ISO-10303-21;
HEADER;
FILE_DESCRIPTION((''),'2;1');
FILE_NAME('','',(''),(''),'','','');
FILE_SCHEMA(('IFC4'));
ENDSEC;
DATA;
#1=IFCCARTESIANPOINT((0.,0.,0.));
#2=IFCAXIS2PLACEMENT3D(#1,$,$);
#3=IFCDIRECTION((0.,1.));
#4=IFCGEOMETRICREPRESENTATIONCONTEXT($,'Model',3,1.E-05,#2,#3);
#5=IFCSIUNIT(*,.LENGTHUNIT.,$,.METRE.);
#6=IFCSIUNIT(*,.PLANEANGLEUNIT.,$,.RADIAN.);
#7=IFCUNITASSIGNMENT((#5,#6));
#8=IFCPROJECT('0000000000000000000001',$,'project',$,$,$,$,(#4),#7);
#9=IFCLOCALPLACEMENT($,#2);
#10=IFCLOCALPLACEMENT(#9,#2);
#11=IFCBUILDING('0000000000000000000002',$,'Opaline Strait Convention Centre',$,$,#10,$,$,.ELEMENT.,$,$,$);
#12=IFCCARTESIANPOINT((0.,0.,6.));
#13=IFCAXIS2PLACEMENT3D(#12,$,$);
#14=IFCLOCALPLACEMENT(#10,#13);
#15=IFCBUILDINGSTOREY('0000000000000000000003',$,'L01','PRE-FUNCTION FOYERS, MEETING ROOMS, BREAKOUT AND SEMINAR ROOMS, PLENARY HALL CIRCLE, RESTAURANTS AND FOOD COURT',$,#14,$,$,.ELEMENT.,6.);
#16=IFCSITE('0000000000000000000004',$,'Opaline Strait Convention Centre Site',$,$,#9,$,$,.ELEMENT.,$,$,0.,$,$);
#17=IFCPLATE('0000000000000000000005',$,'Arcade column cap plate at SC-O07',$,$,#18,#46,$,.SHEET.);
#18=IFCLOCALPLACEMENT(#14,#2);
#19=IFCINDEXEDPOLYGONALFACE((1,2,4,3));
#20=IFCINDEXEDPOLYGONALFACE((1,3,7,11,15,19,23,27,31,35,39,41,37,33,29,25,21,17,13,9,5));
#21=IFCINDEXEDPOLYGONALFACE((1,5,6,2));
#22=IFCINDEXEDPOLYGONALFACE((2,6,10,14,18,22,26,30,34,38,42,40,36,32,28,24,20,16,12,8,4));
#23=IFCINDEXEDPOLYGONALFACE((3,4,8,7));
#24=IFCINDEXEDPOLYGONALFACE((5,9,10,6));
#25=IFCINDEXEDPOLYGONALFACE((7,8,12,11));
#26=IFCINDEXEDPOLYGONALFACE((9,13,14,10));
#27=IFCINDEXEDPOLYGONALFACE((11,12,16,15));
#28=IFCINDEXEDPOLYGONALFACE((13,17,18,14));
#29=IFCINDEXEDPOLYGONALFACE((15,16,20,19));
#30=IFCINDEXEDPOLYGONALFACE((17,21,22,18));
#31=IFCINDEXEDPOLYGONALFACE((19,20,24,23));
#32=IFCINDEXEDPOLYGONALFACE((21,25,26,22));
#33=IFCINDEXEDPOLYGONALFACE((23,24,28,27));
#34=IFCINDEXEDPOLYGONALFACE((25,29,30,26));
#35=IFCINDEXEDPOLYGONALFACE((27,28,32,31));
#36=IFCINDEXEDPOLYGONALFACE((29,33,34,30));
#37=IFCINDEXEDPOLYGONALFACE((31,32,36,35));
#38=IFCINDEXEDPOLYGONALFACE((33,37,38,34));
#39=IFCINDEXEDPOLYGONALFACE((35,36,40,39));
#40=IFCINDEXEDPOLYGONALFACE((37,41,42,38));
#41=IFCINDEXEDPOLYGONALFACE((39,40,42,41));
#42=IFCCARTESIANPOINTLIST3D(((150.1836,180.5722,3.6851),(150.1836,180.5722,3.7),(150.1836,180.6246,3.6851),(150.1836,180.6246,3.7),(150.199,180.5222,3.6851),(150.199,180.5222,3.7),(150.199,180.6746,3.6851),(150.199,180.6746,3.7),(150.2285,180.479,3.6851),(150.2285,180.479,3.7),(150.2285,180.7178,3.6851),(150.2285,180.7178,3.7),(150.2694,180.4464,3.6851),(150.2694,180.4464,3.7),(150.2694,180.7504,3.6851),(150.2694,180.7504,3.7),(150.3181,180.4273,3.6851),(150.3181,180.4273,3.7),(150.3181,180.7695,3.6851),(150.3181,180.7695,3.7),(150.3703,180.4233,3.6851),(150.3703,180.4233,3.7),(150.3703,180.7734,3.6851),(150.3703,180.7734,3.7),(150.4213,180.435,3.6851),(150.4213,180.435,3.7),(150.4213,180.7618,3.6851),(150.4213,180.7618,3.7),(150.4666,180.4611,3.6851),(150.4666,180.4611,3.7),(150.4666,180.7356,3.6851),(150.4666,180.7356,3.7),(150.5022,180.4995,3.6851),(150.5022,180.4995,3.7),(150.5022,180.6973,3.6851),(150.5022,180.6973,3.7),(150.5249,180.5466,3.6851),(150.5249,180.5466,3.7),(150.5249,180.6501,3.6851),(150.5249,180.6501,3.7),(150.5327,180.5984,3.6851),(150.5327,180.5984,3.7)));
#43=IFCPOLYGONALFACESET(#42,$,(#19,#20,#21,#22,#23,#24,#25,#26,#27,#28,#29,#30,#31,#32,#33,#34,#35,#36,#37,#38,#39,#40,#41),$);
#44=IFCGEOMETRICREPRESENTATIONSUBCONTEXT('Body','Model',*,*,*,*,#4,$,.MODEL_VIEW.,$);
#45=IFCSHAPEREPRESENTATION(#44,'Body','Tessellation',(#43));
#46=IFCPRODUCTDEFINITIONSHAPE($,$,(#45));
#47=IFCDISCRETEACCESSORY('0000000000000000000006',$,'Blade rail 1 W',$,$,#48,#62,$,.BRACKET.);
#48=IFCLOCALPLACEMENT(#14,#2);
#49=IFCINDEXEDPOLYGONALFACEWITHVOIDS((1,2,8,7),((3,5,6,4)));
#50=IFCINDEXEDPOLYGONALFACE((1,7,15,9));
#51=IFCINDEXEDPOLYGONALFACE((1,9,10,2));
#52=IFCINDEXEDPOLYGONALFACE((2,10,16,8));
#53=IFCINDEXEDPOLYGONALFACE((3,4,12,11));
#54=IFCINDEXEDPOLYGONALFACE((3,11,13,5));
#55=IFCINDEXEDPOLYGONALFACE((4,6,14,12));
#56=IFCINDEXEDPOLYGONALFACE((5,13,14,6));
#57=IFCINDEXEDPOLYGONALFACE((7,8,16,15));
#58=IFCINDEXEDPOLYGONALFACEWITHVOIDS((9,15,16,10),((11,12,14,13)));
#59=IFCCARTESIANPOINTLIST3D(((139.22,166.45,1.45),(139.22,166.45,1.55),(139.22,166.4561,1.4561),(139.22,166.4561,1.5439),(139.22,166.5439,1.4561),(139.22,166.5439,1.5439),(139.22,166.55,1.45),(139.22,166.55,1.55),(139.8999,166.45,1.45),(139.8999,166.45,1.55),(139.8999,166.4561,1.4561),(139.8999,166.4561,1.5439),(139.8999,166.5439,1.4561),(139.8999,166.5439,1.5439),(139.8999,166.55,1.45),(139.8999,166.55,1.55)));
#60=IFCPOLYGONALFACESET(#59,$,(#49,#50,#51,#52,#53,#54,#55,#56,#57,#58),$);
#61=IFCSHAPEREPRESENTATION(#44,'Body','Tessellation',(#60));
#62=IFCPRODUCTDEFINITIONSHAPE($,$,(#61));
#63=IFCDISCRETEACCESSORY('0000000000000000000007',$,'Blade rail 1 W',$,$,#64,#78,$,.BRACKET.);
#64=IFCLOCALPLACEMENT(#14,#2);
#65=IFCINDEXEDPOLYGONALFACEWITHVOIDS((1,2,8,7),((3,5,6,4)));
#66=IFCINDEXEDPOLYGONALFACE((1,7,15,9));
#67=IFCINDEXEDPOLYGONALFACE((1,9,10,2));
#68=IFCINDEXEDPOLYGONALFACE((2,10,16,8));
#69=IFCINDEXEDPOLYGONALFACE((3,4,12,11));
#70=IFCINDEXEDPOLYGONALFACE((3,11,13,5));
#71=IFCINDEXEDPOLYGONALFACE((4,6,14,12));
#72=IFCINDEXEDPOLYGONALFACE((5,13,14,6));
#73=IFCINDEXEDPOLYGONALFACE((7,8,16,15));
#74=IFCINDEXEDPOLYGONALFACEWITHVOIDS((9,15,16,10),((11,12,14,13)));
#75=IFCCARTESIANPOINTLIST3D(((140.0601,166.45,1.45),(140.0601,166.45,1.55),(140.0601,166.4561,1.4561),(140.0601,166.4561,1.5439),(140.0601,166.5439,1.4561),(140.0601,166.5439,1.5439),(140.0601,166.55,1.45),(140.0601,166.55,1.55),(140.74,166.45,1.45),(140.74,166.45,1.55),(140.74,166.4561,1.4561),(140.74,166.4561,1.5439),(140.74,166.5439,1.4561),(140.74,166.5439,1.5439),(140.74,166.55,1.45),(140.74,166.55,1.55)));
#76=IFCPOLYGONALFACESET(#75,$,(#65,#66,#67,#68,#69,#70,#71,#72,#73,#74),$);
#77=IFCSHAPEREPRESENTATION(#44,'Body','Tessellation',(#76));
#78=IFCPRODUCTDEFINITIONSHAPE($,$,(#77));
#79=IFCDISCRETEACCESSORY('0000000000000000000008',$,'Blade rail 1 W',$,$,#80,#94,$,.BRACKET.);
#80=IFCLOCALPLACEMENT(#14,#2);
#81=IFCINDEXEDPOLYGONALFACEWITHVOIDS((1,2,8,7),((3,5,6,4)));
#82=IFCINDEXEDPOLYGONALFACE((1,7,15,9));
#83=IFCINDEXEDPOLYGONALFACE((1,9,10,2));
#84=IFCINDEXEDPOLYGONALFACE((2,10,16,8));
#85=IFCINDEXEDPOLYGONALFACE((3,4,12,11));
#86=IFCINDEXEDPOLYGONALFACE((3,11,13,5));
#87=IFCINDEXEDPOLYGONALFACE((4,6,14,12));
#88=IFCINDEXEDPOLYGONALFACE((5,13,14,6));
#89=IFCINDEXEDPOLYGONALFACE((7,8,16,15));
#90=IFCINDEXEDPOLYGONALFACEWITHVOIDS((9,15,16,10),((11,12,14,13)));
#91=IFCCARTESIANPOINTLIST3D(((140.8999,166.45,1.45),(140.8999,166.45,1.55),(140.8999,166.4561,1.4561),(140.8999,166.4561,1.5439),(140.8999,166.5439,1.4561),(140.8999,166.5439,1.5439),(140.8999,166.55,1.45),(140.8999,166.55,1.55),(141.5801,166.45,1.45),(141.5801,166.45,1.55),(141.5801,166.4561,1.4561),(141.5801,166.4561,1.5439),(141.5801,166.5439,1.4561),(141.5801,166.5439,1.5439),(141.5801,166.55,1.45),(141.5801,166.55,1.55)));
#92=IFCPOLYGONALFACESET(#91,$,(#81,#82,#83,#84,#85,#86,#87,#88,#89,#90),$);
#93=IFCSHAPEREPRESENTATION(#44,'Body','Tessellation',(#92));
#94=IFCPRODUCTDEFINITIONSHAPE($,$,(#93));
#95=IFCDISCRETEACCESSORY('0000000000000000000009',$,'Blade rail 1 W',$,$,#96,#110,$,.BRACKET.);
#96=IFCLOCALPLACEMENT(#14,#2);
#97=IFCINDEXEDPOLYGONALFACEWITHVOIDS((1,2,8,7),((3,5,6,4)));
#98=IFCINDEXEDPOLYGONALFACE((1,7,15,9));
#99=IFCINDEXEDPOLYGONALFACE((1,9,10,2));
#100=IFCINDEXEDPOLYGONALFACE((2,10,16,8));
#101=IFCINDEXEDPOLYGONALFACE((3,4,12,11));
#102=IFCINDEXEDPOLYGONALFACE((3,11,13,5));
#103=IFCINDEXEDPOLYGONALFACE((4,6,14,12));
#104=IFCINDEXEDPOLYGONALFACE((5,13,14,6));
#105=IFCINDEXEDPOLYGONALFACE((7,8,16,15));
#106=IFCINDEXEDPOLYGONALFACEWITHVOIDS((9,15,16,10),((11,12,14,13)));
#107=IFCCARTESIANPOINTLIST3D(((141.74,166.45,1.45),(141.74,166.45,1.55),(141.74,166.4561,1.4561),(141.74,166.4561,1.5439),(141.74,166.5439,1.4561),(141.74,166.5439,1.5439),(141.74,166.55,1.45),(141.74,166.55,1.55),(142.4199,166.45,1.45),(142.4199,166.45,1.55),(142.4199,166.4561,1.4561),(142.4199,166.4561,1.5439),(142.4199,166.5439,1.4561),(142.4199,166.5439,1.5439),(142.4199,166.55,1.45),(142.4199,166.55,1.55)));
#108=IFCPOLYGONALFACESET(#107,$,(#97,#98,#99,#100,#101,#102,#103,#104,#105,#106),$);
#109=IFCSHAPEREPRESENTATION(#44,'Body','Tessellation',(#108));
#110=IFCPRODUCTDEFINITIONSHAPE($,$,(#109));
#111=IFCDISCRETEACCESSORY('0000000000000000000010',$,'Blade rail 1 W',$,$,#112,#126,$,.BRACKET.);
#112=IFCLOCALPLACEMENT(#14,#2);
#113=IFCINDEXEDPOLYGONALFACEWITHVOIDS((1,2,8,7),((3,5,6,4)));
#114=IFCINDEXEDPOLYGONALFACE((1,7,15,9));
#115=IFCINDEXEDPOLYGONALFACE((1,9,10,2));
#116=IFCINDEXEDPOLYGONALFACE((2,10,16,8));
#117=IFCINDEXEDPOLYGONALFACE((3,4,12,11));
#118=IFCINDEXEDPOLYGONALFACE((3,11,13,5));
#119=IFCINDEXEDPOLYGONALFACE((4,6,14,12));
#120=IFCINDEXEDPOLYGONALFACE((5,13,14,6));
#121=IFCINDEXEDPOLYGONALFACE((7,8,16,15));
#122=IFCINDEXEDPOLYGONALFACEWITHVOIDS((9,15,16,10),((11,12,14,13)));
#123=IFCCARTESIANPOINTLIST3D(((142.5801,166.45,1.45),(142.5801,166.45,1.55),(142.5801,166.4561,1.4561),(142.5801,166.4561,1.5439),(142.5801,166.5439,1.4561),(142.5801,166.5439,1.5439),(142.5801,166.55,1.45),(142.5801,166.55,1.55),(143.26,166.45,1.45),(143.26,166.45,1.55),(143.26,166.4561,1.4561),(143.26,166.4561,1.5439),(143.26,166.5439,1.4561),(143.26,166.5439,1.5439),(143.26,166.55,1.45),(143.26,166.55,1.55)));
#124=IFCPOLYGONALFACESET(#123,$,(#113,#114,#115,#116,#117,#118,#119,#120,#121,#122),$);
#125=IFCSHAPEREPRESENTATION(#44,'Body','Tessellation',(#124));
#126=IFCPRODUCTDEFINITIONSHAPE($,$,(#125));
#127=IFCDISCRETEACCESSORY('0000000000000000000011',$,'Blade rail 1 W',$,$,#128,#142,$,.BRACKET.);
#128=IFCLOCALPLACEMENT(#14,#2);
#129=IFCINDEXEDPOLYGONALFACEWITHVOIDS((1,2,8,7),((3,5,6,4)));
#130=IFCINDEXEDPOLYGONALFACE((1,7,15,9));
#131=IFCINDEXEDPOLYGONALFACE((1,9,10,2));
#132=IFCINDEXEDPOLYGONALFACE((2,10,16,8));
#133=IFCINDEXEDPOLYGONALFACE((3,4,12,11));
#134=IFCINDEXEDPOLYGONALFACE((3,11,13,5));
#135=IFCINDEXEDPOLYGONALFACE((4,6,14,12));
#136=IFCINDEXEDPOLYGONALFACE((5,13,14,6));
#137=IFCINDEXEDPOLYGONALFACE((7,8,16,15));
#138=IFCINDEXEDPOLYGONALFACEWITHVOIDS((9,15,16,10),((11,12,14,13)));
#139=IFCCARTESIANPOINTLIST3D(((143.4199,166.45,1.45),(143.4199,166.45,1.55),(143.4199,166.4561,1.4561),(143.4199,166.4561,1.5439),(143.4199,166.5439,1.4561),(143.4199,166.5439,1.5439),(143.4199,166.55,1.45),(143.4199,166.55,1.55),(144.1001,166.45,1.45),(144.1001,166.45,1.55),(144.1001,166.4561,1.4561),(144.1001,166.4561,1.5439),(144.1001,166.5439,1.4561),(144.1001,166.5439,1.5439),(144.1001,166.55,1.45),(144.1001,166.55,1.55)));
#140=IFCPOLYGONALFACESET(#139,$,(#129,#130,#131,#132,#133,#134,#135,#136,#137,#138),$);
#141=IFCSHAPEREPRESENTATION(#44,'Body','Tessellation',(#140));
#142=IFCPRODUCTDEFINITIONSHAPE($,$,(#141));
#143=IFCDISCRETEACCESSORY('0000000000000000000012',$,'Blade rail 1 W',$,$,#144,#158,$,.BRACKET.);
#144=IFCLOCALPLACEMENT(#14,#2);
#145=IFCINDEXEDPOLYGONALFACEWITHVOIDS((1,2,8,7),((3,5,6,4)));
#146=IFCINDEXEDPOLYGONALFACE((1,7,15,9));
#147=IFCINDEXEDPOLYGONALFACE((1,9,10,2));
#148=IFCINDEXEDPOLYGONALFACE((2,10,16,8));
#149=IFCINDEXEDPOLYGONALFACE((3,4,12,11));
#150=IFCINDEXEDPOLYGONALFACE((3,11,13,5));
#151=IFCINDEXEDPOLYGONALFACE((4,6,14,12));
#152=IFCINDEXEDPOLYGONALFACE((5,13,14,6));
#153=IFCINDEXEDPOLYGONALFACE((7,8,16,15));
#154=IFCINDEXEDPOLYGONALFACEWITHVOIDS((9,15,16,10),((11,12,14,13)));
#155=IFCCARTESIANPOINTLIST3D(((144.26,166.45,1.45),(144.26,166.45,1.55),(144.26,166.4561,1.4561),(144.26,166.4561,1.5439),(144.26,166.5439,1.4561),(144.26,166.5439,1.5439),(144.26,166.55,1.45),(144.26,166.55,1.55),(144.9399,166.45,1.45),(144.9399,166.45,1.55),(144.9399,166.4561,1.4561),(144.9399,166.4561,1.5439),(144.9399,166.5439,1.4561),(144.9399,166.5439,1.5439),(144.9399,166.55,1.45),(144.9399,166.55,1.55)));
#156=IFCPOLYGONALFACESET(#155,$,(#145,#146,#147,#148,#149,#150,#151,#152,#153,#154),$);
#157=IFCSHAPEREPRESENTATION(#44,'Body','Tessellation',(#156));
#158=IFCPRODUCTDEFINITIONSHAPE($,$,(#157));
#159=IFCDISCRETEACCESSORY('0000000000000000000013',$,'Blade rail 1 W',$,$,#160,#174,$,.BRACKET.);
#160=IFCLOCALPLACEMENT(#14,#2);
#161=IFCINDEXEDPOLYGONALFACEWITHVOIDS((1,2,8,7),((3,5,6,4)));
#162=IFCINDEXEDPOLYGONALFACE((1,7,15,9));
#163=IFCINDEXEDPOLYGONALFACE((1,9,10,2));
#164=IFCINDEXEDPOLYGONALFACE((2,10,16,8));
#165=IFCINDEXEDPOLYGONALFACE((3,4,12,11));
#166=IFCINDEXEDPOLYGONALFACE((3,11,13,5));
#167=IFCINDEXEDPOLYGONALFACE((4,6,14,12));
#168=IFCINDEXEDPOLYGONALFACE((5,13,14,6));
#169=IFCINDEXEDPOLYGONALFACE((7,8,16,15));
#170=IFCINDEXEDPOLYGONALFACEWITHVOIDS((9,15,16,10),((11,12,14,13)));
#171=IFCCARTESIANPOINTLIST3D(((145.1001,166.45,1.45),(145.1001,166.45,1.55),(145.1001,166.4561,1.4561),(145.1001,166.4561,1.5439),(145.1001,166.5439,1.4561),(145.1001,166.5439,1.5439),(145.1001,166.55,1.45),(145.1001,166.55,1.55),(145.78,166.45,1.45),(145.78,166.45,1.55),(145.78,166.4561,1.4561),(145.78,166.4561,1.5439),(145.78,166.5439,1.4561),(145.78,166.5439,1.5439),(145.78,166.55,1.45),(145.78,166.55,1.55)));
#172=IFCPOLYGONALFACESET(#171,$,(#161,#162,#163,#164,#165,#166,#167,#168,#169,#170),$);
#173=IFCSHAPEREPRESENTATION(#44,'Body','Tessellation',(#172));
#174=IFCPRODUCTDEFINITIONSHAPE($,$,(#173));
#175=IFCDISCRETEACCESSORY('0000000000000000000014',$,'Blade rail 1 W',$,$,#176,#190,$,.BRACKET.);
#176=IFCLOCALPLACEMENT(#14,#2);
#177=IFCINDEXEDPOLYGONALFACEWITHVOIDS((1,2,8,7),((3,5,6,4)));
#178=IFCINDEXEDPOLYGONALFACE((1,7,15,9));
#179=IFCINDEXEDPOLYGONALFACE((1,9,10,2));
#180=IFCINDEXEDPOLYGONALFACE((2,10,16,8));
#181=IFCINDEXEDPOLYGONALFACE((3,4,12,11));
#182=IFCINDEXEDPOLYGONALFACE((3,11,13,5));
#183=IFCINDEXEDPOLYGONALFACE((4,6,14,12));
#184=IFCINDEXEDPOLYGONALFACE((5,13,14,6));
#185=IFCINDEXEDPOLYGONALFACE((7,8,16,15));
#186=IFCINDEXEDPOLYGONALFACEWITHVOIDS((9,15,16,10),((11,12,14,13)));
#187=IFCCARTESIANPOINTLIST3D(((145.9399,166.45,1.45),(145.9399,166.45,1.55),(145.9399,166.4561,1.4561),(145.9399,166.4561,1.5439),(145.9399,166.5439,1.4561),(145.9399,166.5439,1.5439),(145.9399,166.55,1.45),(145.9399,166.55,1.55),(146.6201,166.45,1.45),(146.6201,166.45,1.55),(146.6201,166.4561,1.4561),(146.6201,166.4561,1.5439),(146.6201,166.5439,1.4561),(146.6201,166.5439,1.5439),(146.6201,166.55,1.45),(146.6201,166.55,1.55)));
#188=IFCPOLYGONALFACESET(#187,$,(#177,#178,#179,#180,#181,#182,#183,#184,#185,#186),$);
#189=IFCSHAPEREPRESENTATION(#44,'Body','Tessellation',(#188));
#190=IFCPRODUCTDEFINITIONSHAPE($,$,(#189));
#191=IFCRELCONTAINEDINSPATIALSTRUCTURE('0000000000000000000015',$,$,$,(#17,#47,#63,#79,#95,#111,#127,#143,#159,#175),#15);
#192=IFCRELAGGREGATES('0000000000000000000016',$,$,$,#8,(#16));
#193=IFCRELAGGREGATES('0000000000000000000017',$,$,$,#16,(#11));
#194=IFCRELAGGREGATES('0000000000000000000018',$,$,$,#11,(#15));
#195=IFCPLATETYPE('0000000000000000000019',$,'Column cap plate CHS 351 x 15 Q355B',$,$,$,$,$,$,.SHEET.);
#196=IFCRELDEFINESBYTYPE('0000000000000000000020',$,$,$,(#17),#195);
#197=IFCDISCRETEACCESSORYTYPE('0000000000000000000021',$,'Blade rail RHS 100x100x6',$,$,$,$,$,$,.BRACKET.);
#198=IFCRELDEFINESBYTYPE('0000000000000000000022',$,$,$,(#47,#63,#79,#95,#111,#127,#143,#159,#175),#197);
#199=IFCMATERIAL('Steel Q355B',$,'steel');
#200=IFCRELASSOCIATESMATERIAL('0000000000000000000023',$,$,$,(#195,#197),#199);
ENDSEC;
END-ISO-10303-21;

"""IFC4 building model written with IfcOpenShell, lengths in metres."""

from ifc_helpers import new_model, si_unit, direction, frame, origin, origin_2d, place, context, subcontext, project, spatial, hollow_rectangle, circle, extrude, material, material_profile, profile_set, type_object, element, save


model = new_model("IFC4")

# Units and contexts
model_context = context("Model", 3, precision=1e-05, world=origin(), true_north=direction((0.0, 1.0)))
body_context = subcontext(model_context, "Body", "Model", "MODEL_VIEW")
ifc_project = project(units=[si_unit("LENGTHUNIT", "METRE"), si_unit("PLANEANGLEUNIT", "RADIAN")], contexts=[model_context])

# Site, building, storey
site_placement = place(None, origin())
site = spatial("IfcSite", under=ifc_project, at=site_placement, Name="Opaline Strait Convention Centre Site", CompositionType="ELEMENT", RefElevation=0.0)
building_placement = place(site_placement, origin())
building = spatial("IfcBuilding", under=site, at=building_placement, Name="Opaline Strait Convention Centre", CompositionType="ELEMENT")
storey_placement = place(building_placement, frame((0.0, 0.0, 6.0)))
storey = spatial("IfcBuildingStorey", under=building, at=storey_placement, Name="L01", Description="PRE-FUNCTION FOYERS, MEETING ROOMS, BREAKOUT AND SEMINAR ROOMS, PLENARY HALL CIRCLE, RESTAURANTS AND FOOD COURT", CompositionType="ELEMENT", Elevation=6.0)

# Shared definitions
ifc_material_1 = material(Name="Steel Q355B", Category="steel")

# Plate
ifc_material_profile_1 = material_profile(ifc_material_1, circle(Radius=0.1755, at=origin_2d()), Name="D351")
ifc_profile_set_1 = profile_set([ifc_material_profile_1], Name="Steel Q355B")
plate_type = type_object("IfcPlateType", Name="Column cap plate CHS 351 x 15 Q355B", PredefinedType="SHEET", material=ifc_profile_set_1)
for number, where, z_axis, x_axis, name in (
    (1, (150.3572, 180.5984, 3.6851), (0.0, 0.0, 1.0), (1.0, 0.0, 0.0), "Arcade column cap plate at SC-O07"),
):
    element("IfcPlate", number, at=place(storey_placement, frame(where, z_axis=z_axis, x_axis=x_axis)), inside=storey, type_object=plate_type, Name=name, PredefinedType="SHEET", context=body_context, shape_type="SweptSolid", body=[
        extrude(circle(Radius=0.1755, at=origin_2d()), origin(), (0.0, 0.0, 1.0), 0.0149),
    ])

# Discrete accessories
ifc_material_profile_2 = material_profile(ifc_material_1, hollow_rectangle(XDim=0.1001, YDim=0.1001, WallThickness=0.0061, at=origin_2d()), Name="RHS 100x100x6")
ifc_profile_set_2 = profile_set([ifc_material_profile_2], Name="Steel Q355B")
discrete_accessory_type = type_object("IfcDiscreteAccessoryType", Name="Blade rail RHS 100x100x6", PredefinedType="BRACKET", material=ifc_profile_set_2)
for number, where, z_axis, x_axis, name in (
    (2, (139.22, 166.5, 1.5), (1.0, 0.0, 0.0), (0.0, 1.0, 0.0), "Blade rail 1 W"),
    (3, (140.0601, 166.5, 1.5), (1.0, 0.0, 0.0), (0.0, 1.0, 0.0), "Blade rail 1 W"),
):
    element("IfcDiscreteAccessory", number, at=place(storey_placement, frame(where, z_axis=z_axis, x_axis=x_axis)), inside=storey, type_object=discrete_accessory_type, Name=name, PredefinedType="BRACKET", context=body_context, shape_type="SweptSolid", body=[
        extrude(hollow_rectangle(XDim=0.1001, YDim=0.1001, WallThickness=0.0061, at=origin_2d()), origin(), (0.0, 0.0, 1.0), 0.6799),
    ])
discrete_accessory_1_placement = place(storey_placement, frame((140.8999, 166.5, 1.5), z_axis=(1.0, 0.0, 0.0), x_axis=(0.0, 1.0, 0.0)))
element("IfcDiscreteAccessory", 4, at=discrete_accessory_1_placement, inside=storey, type_object=discrete_accessory_type, Name="Blade rail 1 W", PredefinedType="BRACKET", context=body_context, shape_type="SweptSolid", body=[
    extrude(hollow_rectangle(XDim=0.1001, YDim=0.1001, WallThickness=0.0061, at=origin_2d()), origin(), (0.0, 0.0, 1.0), 0.6802),
])
for number, where, z_axis, x_axis, name in (
    (5, (141.74, 166.5, 1.5), (1.0, 0.0, 0.0), (0.0, 1.0, 0.0), "Blade rail 1 W"),
    (6, (142.5801, 166.5, 1.5), (1.0, 0.0, 0.0), (0.0, 1.0, 0.0), "Blade rail 1 W"),
):
    element("IfcDiscreteAccessory", number, at=place(storey_placement, frame(where, z_axis=z_axis, x_axis=x_axis)), inside=storey, type_object=discrete_accessory_type, Name=name, PredefinedType="BRACKET", context=body_context, shape_type="SweptSolid", body=[
        extrude(hollow_rectangle(XDim=0.1001, YDim=0.1001, WallThickness=0.0061, at=origin_2d()), origin(), (0.0, 0.0, 1.0), 0.6799),
    ])
discrete_accessory_2_placement = place(storey_placement, frame((143.4199, 166.5, 1.5), z_axis=(1.0, 0.0, 0.0), x_axis=(0.0, 1.0, 0.0)))
element("IfcDiscreteAccessory", 7, at=discrete_accessory_2_placement, inside=storey, type_object=discrete_accessory_type, Name="Blade rail 1 W", PredefinedType="BRACKET", context=body_context, shape_type="SweptSolid", body=[
    extrude(hollow_rectangle(XDim=0.1001, YDim=0.1001, WallThickness=0.0061, at=origin_2d()), origin(), (0.0, 0.0, 1.0), 0.6802),
])
for number, where, z_axis, x_axis, name in (
    (8, (144.26, 166.5, 1.5), (1.0, 0.0, 0.0), (0.0, 1.0, 0.0), "Blade rail 1 W"),
    (9, (145.1001, 166.5, 1.5), (1.0, 0.0, 0.0), (0.0, 1.0, 0.0), "Blade rail 1 W"),
):
    element("IfcDiscreteAccessory", number, at=place(storey_placement, frame(where, z_axis=z_axis, x_axis=x_axis)), inside=storey, type_object=discrete_accessory_type, Name=name, PredefinedType="BRACKET", context=body_context, shape_type="SweptSolid", body=[
        extrude(hollow_rectangle(XDim=0.1001, YDim=0.1001, WallThickness=0.0061, at=origin_2d()), origin(), (0.0, 0.0, 1.0), 0.6799),
    ])
discrete_accessory_3_placement = place(storey_placement, frame((145.9399, 166.5, 1.5), z_axis=(1.0, 0.0, 0.0), x_axis=(0.0, 1.0, 0.0)))
element("IfcDiscreteAccessory", 10, at=discrete_accessory_3_placement, inside=storey, type_object=discrete_accessory_type, Name="Blade rail 1 W", PredefinedType="BRACKET", context=body_context, shape_type="SweptSolid", body=[
    extrude(hollow_rectangle(XDim=0.1001, YDim=0.1001, WallThickness=0.0061, at=origin_2d()), origin(), (0.0, 0.0, 1.0), 0.6802),
])

save(model, "model.ifc")
